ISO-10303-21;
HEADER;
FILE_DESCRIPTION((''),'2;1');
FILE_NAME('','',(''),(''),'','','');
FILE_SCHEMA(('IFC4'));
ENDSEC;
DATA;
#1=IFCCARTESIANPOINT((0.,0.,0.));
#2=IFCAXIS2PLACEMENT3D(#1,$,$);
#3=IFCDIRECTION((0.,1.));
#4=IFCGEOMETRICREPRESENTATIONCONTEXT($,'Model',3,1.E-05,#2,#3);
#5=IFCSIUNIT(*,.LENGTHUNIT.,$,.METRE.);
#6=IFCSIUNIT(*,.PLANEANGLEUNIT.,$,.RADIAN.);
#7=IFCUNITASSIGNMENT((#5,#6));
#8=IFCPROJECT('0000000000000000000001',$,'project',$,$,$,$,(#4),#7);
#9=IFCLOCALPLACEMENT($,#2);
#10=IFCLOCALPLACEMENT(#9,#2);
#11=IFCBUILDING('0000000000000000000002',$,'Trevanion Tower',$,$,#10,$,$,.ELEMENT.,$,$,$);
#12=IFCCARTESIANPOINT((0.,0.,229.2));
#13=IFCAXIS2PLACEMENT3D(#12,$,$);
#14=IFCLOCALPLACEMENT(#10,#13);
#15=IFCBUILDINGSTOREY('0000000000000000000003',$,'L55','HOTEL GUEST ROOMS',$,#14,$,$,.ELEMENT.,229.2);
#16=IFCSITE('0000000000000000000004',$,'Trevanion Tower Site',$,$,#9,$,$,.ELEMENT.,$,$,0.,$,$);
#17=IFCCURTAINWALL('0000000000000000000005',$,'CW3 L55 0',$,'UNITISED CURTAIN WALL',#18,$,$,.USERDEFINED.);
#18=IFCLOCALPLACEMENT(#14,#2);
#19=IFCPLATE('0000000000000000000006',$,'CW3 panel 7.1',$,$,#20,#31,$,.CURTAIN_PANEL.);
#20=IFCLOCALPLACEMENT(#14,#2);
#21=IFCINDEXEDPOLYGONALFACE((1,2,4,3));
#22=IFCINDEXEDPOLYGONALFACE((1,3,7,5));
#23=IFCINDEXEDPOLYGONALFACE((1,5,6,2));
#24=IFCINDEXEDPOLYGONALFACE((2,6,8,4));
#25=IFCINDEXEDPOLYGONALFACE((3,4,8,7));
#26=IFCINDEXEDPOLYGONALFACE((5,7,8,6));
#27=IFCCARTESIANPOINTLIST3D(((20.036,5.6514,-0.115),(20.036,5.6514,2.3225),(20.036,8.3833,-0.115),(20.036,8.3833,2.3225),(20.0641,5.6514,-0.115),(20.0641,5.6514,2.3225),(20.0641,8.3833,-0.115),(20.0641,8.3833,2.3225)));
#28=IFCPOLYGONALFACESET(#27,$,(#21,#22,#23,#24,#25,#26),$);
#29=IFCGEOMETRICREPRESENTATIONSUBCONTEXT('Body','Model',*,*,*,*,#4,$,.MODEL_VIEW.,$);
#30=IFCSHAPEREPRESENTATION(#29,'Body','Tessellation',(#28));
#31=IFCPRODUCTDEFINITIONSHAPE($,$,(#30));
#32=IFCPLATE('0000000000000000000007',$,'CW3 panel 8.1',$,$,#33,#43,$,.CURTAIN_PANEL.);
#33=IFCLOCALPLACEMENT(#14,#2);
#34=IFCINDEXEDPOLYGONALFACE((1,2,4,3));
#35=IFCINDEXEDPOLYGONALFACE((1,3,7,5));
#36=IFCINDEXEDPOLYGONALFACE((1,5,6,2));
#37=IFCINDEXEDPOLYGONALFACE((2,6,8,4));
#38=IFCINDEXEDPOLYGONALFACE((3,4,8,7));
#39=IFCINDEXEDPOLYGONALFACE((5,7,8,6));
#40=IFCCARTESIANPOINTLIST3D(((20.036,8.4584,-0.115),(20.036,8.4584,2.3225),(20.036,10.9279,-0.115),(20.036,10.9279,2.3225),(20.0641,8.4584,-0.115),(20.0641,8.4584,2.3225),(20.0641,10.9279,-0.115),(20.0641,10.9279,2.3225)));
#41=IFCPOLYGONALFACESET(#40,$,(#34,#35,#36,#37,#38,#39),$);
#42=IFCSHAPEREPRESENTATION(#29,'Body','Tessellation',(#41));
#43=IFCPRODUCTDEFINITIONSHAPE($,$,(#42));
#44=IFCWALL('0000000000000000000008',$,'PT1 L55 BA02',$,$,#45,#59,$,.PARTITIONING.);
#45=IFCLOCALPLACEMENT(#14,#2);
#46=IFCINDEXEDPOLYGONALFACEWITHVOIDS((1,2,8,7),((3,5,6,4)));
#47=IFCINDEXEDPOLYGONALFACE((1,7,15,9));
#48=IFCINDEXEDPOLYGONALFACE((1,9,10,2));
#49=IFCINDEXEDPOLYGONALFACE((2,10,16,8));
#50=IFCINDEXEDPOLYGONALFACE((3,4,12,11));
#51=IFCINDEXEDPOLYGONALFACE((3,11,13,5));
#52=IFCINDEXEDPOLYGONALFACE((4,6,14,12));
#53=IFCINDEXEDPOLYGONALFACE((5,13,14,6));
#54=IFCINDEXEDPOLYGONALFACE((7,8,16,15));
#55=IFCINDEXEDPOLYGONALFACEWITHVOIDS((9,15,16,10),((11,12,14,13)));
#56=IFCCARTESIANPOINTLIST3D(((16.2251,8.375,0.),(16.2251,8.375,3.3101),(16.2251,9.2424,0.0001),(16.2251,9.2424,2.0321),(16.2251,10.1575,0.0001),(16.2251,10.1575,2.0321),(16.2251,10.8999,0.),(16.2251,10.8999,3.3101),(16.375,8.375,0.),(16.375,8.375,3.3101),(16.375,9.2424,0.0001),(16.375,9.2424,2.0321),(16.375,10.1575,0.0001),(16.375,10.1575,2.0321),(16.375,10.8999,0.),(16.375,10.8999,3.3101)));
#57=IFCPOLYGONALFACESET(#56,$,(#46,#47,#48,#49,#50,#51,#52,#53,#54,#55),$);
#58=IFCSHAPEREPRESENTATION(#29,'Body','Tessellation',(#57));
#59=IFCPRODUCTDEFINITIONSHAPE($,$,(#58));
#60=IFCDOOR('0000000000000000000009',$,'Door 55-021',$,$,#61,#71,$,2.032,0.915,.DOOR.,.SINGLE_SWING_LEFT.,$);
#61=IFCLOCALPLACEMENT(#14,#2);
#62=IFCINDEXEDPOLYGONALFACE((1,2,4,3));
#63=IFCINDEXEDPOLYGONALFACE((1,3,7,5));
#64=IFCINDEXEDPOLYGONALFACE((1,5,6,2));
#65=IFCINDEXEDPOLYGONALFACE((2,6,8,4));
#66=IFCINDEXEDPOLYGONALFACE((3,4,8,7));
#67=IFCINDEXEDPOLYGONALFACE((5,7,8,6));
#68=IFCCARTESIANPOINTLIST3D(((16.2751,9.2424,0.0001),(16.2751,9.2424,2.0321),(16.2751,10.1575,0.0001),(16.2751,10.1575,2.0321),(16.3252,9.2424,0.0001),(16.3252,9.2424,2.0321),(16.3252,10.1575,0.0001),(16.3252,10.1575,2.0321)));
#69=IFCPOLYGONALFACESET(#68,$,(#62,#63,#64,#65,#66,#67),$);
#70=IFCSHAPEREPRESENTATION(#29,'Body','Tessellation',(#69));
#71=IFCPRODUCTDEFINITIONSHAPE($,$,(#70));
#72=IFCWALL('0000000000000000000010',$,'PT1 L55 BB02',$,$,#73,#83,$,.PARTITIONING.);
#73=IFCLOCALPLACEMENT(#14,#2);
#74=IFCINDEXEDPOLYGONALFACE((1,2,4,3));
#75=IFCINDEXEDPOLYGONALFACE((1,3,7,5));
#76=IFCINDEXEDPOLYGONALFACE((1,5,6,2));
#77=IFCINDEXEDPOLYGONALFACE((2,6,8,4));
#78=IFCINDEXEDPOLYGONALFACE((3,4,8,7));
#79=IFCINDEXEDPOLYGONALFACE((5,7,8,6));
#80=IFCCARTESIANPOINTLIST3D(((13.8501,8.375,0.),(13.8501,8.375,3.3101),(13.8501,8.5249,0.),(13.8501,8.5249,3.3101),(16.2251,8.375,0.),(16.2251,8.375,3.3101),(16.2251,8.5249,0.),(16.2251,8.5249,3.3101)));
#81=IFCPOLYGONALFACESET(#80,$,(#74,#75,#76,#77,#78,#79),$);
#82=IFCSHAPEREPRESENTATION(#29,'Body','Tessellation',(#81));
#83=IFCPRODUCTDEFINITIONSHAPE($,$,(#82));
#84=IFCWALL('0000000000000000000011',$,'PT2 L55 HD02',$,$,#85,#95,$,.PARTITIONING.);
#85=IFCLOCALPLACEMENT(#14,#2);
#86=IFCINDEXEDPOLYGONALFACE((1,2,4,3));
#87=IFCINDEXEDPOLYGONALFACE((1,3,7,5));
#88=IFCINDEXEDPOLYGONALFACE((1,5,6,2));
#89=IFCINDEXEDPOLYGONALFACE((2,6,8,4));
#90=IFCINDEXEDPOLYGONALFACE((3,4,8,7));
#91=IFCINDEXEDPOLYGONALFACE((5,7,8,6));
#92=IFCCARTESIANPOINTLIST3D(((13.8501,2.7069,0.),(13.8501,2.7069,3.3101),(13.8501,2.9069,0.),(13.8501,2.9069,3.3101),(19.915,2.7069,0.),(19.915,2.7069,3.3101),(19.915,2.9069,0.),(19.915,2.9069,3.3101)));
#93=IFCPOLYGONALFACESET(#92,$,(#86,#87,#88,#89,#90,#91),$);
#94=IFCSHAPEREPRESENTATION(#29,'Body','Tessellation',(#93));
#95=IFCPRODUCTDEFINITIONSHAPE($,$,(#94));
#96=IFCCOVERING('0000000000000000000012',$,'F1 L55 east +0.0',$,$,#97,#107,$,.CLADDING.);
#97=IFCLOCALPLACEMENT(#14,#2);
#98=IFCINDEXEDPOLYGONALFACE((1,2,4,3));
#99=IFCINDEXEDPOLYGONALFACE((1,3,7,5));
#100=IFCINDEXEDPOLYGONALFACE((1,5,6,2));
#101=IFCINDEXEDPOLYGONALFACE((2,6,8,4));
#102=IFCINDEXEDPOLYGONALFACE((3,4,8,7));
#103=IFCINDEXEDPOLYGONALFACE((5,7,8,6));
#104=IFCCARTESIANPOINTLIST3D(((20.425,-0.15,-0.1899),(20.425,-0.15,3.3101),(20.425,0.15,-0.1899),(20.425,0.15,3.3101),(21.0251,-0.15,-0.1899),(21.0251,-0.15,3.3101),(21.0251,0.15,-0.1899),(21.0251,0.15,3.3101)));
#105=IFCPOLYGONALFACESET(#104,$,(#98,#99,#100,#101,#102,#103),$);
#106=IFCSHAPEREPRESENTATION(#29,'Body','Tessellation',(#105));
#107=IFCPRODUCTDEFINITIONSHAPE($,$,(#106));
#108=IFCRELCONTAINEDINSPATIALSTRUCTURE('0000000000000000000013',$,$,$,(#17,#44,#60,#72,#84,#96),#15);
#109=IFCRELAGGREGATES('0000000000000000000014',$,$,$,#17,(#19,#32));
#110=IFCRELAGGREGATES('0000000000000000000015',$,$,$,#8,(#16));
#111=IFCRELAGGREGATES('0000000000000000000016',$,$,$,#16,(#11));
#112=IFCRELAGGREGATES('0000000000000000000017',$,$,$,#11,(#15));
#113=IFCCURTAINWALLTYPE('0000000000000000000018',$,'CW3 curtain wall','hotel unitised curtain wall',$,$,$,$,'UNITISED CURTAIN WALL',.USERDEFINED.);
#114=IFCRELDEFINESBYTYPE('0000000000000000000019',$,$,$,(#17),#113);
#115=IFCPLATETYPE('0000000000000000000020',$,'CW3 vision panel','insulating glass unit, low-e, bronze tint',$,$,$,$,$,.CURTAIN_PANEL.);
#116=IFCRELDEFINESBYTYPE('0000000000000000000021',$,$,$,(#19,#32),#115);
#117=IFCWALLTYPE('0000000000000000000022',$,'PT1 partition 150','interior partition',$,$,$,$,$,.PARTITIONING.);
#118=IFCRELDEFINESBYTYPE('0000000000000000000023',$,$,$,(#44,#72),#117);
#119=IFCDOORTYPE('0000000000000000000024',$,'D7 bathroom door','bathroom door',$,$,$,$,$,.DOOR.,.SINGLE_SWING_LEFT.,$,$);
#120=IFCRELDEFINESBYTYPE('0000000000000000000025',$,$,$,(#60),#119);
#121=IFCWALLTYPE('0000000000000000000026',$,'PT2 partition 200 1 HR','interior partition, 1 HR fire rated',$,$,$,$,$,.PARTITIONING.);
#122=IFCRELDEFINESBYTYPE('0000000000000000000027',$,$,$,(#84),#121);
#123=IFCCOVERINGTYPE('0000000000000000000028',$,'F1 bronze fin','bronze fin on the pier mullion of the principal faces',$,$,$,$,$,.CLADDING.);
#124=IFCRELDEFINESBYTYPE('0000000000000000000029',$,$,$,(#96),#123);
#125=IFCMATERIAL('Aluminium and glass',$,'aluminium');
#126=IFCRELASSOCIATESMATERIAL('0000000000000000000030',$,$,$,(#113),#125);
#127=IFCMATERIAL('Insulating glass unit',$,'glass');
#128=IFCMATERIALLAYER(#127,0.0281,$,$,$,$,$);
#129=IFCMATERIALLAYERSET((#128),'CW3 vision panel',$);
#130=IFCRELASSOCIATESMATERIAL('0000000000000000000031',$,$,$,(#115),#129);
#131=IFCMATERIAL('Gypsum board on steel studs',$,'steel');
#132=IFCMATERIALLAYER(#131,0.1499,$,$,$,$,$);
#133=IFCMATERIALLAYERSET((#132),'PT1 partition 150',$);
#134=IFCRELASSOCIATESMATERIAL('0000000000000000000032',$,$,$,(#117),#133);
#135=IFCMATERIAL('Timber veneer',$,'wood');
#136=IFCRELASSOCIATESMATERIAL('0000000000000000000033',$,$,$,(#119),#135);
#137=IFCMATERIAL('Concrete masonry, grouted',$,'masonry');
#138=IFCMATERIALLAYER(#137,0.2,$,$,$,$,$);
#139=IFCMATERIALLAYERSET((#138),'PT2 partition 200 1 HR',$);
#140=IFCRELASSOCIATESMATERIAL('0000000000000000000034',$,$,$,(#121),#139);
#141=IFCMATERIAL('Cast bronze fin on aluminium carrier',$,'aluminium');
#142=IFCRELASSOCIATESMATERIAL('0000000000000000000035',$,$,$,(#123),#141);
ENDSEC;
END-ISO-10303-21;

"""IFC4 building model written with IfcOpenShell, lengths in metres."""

from ifc_helpers import new_model, si_unit, direction, frame, frame_2d, origin, origin_2d, place, context, subcontext, project, spatial, rectangle, extrude, material, layer, layer_set, type_object, element, fill, aggregate, save


model = new_model("IFC4")

# Units and contexts
model_context = context("Model", 3, precision=1e-05, world=origin(), true_north=direction((0.0, 1.0)))
body_context = subcontext(model_context, "Body", "Model", "MODEL_VIEW")
ifc_project = project(units=[si_unit("LENGTHUNIT", "METRE"), si_unit("PLANEANGLEUNIT", "RADIAN")], contexts=[model_context])

# Site, building, storey
site_placement = place(None, origin())
site = spatial("IfcSite", under=ifc_project, at=site_placement, Name="Trevanion Tower Site", CompositionType="ELEMENT", RefElevation=0.0)
building_placement = place(site_placement, origin())
building = spatial("IfcBuilding", under=site, at=building_placement, Name="Trevanion Tower", CompositionType="ELEMENT")
storey_placement = place(building_placement, frame((0.0, 0.0, 229.2)))
storey = spatial("IfcBuildingStorey", under=building, at=storey_placement, Name="L55", Description="HOTEL GUEST ROOMS", CompositionType="ELEMENT", Elevation=229.2)

# Curtain wall
ifc_material_1 = material(Name="Aluminium and glass", Category="aluminium")
curtain_wall_type = type_object("IfcCurtainWallType", Name="CW3 curtain wall", Description="hotel unitised curtain wall", ElementType="UNITISED CURTAIN WALL", PredefinedType="USERDEFINED", material=ifc_material_1)
curtain_wall_placement = place(storey_placement, origin())
curtain_wall = element("IfcCurtainWall", 1, at=curtain_wall_placement, inside=storey, type_object=curtain_wall_type, Name="CW3 L55 0", ObjectType="UNITISED CURTAIN WALL", PredefinedType="USERDEFINED")

# Plates
ifc_material_2 = material(Name="Insulating glass unit", Category="glass")
ifc_layer_1 = layer(ifc_material_2, 0.0281)
ifc_layer_set_1 = layer_set([ifc_layer_1], Name="CW3 vision panel")
plate_type_1 = type_object("IfcPlateType", Name="CW3 vision panel", Description="insulating glass unit, low-e, bronze tint", PredefinedType="CURTAIN_PANEL", material=ifc_layer_set_1)
plate_1_placement = place(storey_placement, frame((20.05, 7.0173, -0.115), z_axis=(0.0, 0.0, 1.0), x_axis=(0.0, 1.0, 0.0)))
plate_1 = element("IfcPlate", 2, at=plate_1_placement, type_object=plate_type_1, Name="CW3 panel 7.1", PredefinedType="CURTAIN_PANEL", context=body_context, shape_type="SweptSolid", body=[
    extrude(rectangle(XDim=2.7319, YDim=0.0281, at=origin_2d()), origin(), (0.0, 0.0, 1.0), 2.4375),
])
plate_2_placement = place(storey_placement, frame((20.05, 9.6931, -0.115), z_axis=(0.0, 0.0, 1.0), x_axis=(0.0, 1.0, 0.0)))
plate_2 = element("IfcPlate", 3, at=plate_2_placement, type_object=plate_type_1, Name="CW3 panel 8.1", PredefinedType="CURTAIN_PANEL", context=body_context, shape_type="SweptSolid", body=[
    extrude(rectangle(XDim=2.4695, YDim=0.0281, at=origin_2d()), origin(), (0.0, 0.0, 1.0), 2.4375),
])
aggregate(curtain_wall, [plate_1, plate_2])

# Wall, opening, door
ifc_material_3 = material(Name="Gypsum board on steel studs", Category="steel")
ifc_layer_2 = layer(ifc_material_3, 0.1499)
ifc_layer_set_2 = layer_set([ifc_layer_2], Name="PT1 partition 150")
wall_type_1 = type_object("IfcWallType", Name="PT1 partition 150", Description="interior partition", PredefinedType="PARTITIONING", material=ifc_layer_set_2)
wall_1_placement = place(storey_placement, frame((16.3, 8.375, 0.0), z_axis=(0.0, 0.0, 1.0), x_axis=(0.0, 1.0, 0.0)))
wall_1 = element("IfcWall", 4, at=wall_1_placement, inside=storey, type_object=wall_type_1, Name="PT1 L55 BA02", PredefinedType="PARTITIONING", context=body_context, shape_type="SweptSolid", body=[
    extrude(rectangle(XDim=2.5249, YDim=0.1499, at=frame_2d((1.2625, 0.0))), origin(), (0.0, 0.0, 1.0), 3.3101),
])
opening_placement = place(wall_1_placement, frame((0.8674, 0.0, 0.0)))
opening = element("IfcOpeningElement", 5, at=opening_placement, cuts=wall_1, PredefinedType="OPENING", context=body_context, shape_type="SweptSolid", body=[
    extrude(rectangle(XDim=0.915, YDim=2.032, at=frame_2d((0.4575, 1.0161))), frame((0.0, 0.085, 0.0), z_axis=(0.0, -1.0, 0.0), x_axis=(1.0, 0.0, 0.0)), (0.0, 0.0, 1.0), 0.1699),
])
ifc_material_4 = material(Name="Timber veneer", Category="wood")
door_type = type_object("IfcDoorType", Name="D7 bathroom door", Description="bathroom door", OperationType="SINGLE_SWING_LEFT", PredefinedType="DOOR", material=ifc_material_4)
door_placement = place(opening_placement, origin())
door = element("IfcDoor", 6, at=door_placement, inside=storey, type_object=door_type, Name="Door 55-021", OperationType="SINGLE_SWING_LEFT", OverallHeight=2.032, OverallWidth=0.915, PredefinedType="DOOR", context=body_context, shape_type="SweptSolid", body=[
    extrude(rectangle(XDim=0.915, YDim=2.032, at=frame_2d((0.4575, 1.0161))), frame((0.0, 0.0249, 0.0), z_axis=(0.0, -1.0, 0.0), x_axis=(1.0, 0.0, 0.0)), (0.0, 0.0, 1.0), 0.05),
])
fill(opening, door)

# Walls
wall_2_placement = place(storey_placement, frame((13.8501, 8.45, 0.0), z_axis=(0.0, 0.0, 1.0), x_axis=(1.0, 0.0, 0.0)))
element("IfcWall", 7, at=wall_2_placement, inside=storey, type_object=wall_type_1, Name="PT1 L55 BB02", PredefinedType="PARTITIONING", context=body_context, shape_type="SweptSolid", body=[
    extrude(rectangle(XDim=2.375, YDim=0.1499, at=frame_2d((1.1875, 0.0))), origin(), (0.0, 0.0, 1.0), 3.3101),
])
ifc_material_5 = material(Name="Concrete masonry, grouted", Category="masonry")
ifc_layer_3 = layer(ifc_material_5, 0.2)
ifc_layer_set_3 = layer_set([ifc_layer_3], Name="PT2 partition 200 1 HR")
wall_type_2 = type_object("IfcWallType", Name="PT2 partition 200 1 HR", Description="interior partition, 1 HR fire rated", PredefinedType="PARTITIONING", material=ifc_layer_set_3)
wall_3_placement = place(storey_placement, frame((13.8501, 2.8069, 0.0), z_axis=(0.0, 0.0, 1.0), x_axis=(1.0, 0.0, 0.0)))
element("IfcWall", 8, at=wall_3_placement, inside=storey, type_object=wall_type_2, Name="PT2 L55 HD02", PredefinedType="PARTITIONING", context=body_context, shape_type="SweptSolid", body=[
    extrude(rectangle(XDim=6.0649, YDim=0.2, at=frame_2d((3.0325, 0.0))), origin(), (0.0, 0.0, 1.0), 3.3101),
])

# Covering
ifc_material_6 = material(Name="Cast bronze fin on aluminium carrier", Category="aluminium")
covering_type = type_object("IfcCoveringType", Name="F1 bronze fin", Description="bronze fin on the pier mullion of the principal faces", PredefinedType="CLADDING", material=ifc_material_6)
covering_placement = place(storey_placement, frame((20.7251, 0.0, -0.1899), z_axis=(0.0, 0.0, 1.0), x_axis=(0.0, 1.0, 0.0)))
element("IfcCovering", 9, at=covering_placement, inside=storey, type_object=covering_type, Name="F1 L55 east +0.0", PredefinedType="CLADDING", context=body_context, shape_type="SweptSolid", body=[
    extrude(rectangle(XDim=0.3, YDim=0.6001, at=origin_2d()), origin(), (0.0, 0.0, 1.0), 3.5),
])

save(model, "model.ifc")
